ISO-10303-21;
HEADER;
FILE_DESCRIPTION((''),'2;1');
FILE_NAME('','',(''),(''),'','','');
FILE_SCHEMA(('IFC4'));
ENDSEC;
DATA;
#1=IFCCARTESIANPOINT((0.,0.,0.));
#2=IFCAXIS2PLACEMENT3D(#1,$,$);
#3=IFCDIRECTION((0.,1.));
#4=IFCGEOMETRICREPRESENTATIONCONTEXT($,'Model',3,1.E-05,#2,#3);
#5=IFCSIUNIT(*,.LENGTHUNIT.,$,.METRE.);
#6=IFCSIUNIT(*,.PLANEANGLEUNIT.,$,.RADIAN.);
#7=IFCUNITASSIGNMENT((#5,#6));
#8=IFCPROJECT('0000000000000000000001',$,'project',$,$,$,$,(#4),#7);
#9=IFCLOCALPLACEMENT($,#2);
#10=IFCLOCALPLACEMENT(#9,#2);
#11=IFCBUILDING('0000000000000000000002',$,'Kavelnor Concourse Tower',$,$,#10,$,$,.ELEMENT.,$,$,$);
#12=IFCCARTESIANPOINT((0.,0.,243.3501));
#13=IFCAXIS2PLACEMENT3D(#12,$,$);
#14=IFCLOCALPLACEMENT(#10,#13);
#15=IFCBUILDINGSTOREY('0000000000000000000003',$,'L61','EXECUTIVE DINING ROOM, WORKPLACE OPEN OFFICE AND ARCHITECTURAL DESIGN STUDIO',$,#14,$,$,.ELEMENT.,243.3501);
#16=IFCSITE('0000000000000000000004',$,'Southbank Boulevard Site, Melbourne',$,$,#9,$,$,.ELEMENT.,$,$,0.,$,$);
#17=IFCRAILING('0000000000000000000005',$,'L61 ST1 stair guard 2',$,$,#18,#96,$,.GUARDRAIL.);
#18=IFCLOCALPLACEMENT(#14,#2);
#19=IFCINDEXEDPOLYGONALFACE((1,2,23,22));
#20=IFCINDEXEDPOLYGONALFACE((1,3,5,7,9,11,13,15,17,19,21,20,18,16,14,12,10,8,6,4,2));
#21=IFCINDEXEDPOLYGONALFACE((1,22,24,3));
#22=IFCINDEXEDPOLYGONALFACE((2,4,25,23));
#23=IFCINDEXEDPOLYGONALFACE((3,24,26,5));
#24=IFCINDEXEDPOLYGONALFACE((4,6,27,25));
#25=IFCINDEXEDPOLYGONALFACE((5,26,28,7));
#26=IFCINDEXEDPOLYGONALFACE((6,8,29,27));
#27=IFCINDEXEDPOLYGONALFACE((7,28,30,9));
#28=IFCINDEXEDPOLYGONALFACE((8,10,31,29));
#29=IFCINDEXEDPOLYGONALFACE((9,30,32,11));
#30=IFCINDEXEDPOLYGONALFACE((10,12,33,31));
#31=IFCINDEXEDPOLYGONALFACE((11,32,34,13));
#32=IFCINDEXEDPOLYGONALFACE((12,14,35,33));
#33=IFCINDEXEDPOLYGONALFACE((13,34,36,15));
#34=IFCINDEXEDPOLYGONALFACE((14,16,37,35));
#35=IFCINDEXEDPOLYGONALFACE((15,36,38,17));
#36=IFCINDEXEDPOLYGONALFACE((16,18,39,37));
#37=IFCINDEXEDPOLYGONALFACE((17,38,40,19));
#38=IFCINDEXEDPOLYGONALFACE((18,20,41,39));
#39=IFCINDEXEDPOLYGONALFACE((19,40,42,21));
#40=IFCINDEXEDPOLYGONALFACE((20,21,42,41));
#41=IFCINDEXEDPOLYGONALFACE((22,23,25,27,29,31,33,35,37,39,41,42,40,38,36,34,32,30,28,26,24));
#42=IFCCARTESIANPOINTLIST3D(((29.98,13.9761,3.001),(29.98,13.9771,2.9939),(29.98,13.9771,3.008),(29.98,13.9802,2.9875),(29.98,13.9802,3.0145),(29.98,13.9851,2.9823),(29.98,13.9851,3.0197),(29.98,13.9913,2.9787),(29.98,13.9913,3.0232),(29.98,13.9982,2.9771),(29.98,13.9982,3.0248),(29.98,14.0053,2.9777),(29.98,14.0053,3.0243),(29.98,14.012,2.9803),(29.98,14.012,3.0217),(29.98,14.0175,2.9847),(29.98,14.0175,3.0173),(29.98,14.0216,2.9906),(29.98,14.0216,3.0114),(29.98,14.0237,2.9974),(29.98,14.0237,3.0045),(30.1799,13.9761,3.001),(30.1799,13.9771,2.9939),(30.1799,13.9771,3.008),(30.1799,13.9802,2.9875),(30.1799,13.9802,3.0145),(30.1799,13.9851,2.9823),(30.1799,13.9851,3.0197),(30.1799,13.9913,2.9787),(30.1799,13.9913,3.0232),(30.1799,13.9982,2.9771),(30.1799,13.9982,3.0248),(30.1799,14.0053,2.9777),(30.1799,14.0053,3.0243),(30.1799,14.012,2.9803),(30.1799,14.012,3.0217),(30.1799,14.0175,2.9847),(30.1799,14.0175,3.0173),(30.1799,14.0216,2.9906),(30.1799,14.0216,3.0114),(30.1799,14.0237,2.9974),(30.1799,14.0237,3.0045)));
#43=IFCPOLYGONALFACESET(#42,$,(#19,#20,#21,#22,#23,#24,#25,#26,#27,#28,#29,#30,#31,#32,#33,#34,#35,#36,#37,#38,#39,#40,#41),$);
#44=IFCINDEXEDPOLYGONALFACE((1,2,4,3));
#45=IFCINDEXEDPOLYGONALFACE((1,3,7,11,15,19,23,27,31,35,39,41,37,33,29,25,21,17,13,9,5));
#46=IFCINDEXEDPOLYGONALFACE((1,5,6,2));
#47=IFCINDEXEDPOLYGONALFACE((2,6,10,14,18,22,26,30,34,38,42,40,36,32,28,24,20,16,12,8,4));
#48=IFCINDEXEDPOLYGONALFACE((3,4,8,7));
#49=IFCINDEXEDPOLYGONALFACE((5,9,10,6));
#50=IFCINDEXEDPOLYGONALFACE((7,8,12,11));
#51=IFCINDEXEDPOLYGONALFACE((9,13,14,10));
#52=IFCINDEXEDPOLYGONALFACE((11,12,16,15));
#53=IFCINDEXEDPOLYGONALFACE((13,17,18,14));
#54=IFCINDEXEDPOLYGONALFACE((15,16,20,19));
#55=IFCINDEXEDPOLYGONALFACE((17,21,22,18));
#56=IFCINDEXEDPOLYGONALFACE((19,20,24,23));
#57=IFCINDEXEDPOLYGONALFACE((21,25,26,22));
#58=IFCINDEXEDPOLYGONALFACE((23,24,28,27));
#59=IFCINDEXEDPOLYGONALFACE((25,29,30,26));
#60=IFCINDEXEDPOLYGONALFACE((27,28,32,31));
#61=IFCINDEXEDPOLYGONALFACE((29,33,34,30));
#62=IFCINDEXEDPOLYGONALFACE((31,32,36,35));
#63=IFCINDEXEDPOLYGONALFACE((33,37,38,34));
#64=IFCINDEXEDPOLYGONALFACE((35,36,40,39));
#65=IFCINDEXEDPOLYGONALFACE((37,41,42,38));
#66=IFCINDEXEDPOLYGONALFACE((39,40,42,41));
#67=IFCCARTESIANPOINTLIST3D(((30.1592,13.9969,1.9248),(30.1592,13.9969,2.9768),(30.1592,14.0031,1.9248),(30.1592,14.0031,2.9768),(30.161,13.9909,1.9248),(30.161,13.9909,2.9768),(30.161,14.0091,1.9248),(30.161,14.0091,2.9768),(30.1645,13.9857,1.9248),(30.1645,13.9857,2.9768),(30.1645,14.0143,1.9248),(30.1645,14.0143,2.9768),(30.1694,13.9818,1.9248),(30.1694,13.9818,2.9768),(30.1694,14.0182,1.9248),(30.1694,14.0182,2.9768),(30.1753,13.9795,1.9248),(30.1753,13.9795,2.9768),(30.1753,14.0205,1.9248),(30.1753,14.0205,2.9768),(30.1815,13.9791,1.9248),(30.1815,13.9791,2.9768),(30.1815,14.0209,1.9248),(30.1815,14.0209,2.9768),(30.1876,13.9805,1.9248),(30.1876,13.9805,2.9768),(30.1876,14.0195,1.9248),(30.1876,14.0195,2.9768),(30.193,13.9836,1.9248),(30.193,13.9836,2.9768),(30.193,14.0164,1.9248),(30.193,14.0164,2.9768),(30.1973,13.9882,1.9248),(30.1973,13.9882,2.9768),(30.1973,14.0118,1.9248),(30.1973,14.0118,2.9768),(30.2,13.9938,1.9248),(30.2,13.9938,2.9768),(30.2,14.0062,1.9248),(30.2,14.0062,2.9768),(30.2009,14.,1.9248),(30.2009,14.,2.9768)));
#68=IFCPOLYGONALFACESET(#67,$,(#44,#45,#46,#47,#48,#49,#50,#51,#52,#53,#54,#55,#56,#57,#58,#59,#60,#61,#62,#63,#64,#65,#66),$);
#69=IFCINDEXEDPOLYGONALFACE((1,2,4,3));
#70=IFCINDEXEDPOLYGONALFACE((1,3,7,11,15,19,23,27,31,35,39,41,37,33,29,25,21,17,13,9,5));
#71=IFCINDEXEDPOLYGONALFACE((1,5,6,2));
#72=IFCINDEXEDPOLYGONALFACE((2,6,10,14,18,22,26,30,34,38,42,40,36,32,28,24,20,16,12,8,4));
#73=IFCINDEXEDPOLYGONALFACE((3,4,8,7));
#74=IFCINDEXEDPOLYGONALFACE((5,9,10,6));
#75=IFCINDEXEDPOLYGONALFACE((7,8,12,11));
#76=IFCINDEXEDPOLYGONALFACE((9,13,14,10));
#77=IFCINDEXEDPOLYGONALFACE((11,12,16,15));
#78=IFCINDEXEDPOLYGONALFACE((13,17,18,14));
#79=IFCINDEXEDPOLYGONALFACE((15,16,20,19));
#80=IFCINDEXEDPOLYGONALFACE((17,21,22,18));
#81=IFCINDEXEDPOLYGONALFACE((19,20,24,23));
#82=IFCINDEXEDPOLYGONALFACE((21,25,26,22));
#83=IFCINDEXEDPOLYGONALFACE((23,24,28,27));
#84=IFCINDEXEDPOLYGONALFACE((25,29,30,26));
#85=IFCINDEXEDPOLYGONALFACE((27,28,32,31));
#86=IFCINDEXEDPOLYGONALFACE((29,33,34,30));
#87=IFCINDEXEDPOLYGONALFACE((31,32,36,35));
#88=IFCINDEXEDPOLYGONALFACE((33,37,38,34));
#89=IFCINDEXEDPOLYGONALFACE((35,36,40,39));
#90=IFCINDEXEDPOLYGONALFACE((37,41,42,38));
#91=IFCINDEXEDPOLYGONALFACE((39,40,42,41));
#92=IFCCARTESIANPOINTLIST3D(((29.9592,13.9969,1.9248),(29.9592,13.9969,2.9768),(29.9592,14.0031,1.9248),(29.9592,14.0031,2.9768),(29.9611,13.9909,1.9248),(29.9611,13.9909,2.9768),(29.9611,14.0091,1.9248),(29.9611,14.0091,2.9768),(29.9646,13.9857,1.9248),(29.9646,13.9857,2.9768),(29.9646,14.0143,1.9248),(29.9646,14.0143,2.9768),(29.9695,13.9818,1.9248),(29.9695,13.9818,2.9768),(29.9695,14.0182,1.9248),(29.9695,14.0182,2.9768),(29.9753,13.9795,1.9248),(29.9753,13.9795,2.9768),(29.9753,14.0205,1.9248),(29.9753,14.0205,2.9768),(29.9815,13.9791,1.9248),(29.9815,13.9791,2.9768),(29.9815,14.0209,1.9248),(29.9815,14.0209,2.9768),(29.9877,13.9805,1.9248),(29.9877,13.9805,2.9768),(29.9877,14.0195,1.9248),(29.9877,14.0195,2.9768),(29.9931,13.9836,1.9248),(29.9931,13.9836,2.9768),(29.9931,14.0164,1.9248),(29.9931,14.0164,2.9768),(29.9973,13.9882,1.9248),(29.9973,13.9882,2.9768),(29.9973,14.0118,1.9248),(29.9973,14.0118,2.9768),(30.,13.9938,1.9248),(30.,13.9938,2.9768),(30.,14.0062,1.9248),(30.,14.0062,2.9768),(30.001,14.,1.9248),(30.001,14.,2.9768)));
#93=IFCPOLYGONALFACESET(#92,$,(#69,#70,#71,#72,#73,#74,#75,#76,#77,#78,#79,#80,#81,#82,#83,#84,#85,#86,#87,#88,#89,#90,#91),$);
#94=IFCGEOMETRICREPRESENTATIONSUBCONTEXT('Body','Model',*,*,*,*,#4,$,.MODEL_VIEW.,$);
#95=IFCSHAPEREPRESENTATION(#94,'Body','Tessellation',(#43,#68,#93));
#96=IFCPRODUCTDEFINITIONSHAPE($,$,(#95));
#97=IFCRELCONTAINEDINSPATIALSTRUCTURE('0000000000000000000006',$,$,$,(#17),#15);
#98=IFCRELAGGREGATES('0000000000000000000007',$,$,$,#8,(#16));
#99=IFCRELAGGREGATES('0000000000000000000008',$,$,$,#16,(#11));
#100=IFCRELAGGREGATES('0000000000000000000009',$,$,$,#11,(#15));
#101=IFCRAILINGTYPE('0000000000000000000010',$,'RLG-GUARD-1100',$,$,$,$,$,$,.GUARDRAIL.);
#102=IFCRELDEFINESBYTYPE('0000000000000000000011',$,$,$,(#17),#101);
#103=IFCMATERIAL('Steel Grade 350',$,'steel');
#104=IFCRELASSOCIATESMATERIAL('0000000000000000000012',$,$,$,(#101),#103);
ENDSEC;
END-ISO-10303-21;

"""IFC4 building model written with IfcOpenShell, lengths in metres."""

from ifc_helpers import new_model, si_unit, direction, frame, origin, origin_2d, place, context, subcontext, project, spatial, circle, extrude, material, type_object, element, save


model = new_model("IFC4")

# Units and contexts
model_context = context("Model", 3, precision=1e-05, world=origin(), true_north=direction((0.0, 1.0)))
body_context = subcontext(model_context, "Body", "Model", "MODEL_VIEW")
ifc_project = project(units=[si_unit("LENGTHUNIT", "METRE"), si_unit("PLANEANGLEUNIT", "RADIAN")], contexts=[model_context])

# Site, building, storey
site_placement = place(None, origin())
site = spatial("IfcSite", under=ifc_project, at=site_placement, Name="Southbank Boulevard Site, Melbourne", CompositionType="ELEMENT", RefElevation=0.0)
building_placement = place(site_placement, origin())
building = spatial("IfcBuilding", under=site, at=building_placement, Name="Kavelnor Concourse Tower", CompositionType="ELEMENT")
storey_placement = place(building_placement, frame((0.0, 0.0, 243.3501)))
storey = spatial("IfcBuildingStorey", under=building, at=storey_placement, Name="L61", Description="EXECUTIVE DINING ROOM, WORKPLACE OPEN OFFICE AND ARCHITECTURAL DESIGN STUDIO", CompositionType="ELEMENT", Elevation=243.3501)

# Shared definitions
ifc_material_1 = material(Name="Steel Grade 350", Category="steel")

# Railing
railing_type_1 = type_object("IfcRailingType", Name="RLG-GUARD-1100", PredefinedType="GUARDRAIL", material=ifc_material_1)
railing_1_placement = place(storey_placement, frame((30.1799, 14.0, 1.9248)))
element("IfcRailing", 1, at=railing_1_placement, inside=storey, type_object=railing_type_1, Name="L61 ST1 stair guard 2", PredefinedType="GUARDRAIL", context=body_context, shape_type="SweptSolid", body=[
    extrude(circle(Radius=0.0239, at=origin_2d()), frame((0.0, 0.0, 1.0762), z_axis=(-1.0, 0.0, 0.0), x_axis=(0.0, -1.0, 0.0)), (0.0, 0.0, 1.0), 0.2),
    extrude(circle(Radius=0.021, at=origin_2d()), origin(), (0.0, 0.0, 1.0), 1.052),
    extrude(circle(Radius=0.021, at=origin_2d()), frame((-0.2, 0.0, 0.0)), (0.0, 0.0, 1.0), 1.052),
])

save(model, "model.ifc")
